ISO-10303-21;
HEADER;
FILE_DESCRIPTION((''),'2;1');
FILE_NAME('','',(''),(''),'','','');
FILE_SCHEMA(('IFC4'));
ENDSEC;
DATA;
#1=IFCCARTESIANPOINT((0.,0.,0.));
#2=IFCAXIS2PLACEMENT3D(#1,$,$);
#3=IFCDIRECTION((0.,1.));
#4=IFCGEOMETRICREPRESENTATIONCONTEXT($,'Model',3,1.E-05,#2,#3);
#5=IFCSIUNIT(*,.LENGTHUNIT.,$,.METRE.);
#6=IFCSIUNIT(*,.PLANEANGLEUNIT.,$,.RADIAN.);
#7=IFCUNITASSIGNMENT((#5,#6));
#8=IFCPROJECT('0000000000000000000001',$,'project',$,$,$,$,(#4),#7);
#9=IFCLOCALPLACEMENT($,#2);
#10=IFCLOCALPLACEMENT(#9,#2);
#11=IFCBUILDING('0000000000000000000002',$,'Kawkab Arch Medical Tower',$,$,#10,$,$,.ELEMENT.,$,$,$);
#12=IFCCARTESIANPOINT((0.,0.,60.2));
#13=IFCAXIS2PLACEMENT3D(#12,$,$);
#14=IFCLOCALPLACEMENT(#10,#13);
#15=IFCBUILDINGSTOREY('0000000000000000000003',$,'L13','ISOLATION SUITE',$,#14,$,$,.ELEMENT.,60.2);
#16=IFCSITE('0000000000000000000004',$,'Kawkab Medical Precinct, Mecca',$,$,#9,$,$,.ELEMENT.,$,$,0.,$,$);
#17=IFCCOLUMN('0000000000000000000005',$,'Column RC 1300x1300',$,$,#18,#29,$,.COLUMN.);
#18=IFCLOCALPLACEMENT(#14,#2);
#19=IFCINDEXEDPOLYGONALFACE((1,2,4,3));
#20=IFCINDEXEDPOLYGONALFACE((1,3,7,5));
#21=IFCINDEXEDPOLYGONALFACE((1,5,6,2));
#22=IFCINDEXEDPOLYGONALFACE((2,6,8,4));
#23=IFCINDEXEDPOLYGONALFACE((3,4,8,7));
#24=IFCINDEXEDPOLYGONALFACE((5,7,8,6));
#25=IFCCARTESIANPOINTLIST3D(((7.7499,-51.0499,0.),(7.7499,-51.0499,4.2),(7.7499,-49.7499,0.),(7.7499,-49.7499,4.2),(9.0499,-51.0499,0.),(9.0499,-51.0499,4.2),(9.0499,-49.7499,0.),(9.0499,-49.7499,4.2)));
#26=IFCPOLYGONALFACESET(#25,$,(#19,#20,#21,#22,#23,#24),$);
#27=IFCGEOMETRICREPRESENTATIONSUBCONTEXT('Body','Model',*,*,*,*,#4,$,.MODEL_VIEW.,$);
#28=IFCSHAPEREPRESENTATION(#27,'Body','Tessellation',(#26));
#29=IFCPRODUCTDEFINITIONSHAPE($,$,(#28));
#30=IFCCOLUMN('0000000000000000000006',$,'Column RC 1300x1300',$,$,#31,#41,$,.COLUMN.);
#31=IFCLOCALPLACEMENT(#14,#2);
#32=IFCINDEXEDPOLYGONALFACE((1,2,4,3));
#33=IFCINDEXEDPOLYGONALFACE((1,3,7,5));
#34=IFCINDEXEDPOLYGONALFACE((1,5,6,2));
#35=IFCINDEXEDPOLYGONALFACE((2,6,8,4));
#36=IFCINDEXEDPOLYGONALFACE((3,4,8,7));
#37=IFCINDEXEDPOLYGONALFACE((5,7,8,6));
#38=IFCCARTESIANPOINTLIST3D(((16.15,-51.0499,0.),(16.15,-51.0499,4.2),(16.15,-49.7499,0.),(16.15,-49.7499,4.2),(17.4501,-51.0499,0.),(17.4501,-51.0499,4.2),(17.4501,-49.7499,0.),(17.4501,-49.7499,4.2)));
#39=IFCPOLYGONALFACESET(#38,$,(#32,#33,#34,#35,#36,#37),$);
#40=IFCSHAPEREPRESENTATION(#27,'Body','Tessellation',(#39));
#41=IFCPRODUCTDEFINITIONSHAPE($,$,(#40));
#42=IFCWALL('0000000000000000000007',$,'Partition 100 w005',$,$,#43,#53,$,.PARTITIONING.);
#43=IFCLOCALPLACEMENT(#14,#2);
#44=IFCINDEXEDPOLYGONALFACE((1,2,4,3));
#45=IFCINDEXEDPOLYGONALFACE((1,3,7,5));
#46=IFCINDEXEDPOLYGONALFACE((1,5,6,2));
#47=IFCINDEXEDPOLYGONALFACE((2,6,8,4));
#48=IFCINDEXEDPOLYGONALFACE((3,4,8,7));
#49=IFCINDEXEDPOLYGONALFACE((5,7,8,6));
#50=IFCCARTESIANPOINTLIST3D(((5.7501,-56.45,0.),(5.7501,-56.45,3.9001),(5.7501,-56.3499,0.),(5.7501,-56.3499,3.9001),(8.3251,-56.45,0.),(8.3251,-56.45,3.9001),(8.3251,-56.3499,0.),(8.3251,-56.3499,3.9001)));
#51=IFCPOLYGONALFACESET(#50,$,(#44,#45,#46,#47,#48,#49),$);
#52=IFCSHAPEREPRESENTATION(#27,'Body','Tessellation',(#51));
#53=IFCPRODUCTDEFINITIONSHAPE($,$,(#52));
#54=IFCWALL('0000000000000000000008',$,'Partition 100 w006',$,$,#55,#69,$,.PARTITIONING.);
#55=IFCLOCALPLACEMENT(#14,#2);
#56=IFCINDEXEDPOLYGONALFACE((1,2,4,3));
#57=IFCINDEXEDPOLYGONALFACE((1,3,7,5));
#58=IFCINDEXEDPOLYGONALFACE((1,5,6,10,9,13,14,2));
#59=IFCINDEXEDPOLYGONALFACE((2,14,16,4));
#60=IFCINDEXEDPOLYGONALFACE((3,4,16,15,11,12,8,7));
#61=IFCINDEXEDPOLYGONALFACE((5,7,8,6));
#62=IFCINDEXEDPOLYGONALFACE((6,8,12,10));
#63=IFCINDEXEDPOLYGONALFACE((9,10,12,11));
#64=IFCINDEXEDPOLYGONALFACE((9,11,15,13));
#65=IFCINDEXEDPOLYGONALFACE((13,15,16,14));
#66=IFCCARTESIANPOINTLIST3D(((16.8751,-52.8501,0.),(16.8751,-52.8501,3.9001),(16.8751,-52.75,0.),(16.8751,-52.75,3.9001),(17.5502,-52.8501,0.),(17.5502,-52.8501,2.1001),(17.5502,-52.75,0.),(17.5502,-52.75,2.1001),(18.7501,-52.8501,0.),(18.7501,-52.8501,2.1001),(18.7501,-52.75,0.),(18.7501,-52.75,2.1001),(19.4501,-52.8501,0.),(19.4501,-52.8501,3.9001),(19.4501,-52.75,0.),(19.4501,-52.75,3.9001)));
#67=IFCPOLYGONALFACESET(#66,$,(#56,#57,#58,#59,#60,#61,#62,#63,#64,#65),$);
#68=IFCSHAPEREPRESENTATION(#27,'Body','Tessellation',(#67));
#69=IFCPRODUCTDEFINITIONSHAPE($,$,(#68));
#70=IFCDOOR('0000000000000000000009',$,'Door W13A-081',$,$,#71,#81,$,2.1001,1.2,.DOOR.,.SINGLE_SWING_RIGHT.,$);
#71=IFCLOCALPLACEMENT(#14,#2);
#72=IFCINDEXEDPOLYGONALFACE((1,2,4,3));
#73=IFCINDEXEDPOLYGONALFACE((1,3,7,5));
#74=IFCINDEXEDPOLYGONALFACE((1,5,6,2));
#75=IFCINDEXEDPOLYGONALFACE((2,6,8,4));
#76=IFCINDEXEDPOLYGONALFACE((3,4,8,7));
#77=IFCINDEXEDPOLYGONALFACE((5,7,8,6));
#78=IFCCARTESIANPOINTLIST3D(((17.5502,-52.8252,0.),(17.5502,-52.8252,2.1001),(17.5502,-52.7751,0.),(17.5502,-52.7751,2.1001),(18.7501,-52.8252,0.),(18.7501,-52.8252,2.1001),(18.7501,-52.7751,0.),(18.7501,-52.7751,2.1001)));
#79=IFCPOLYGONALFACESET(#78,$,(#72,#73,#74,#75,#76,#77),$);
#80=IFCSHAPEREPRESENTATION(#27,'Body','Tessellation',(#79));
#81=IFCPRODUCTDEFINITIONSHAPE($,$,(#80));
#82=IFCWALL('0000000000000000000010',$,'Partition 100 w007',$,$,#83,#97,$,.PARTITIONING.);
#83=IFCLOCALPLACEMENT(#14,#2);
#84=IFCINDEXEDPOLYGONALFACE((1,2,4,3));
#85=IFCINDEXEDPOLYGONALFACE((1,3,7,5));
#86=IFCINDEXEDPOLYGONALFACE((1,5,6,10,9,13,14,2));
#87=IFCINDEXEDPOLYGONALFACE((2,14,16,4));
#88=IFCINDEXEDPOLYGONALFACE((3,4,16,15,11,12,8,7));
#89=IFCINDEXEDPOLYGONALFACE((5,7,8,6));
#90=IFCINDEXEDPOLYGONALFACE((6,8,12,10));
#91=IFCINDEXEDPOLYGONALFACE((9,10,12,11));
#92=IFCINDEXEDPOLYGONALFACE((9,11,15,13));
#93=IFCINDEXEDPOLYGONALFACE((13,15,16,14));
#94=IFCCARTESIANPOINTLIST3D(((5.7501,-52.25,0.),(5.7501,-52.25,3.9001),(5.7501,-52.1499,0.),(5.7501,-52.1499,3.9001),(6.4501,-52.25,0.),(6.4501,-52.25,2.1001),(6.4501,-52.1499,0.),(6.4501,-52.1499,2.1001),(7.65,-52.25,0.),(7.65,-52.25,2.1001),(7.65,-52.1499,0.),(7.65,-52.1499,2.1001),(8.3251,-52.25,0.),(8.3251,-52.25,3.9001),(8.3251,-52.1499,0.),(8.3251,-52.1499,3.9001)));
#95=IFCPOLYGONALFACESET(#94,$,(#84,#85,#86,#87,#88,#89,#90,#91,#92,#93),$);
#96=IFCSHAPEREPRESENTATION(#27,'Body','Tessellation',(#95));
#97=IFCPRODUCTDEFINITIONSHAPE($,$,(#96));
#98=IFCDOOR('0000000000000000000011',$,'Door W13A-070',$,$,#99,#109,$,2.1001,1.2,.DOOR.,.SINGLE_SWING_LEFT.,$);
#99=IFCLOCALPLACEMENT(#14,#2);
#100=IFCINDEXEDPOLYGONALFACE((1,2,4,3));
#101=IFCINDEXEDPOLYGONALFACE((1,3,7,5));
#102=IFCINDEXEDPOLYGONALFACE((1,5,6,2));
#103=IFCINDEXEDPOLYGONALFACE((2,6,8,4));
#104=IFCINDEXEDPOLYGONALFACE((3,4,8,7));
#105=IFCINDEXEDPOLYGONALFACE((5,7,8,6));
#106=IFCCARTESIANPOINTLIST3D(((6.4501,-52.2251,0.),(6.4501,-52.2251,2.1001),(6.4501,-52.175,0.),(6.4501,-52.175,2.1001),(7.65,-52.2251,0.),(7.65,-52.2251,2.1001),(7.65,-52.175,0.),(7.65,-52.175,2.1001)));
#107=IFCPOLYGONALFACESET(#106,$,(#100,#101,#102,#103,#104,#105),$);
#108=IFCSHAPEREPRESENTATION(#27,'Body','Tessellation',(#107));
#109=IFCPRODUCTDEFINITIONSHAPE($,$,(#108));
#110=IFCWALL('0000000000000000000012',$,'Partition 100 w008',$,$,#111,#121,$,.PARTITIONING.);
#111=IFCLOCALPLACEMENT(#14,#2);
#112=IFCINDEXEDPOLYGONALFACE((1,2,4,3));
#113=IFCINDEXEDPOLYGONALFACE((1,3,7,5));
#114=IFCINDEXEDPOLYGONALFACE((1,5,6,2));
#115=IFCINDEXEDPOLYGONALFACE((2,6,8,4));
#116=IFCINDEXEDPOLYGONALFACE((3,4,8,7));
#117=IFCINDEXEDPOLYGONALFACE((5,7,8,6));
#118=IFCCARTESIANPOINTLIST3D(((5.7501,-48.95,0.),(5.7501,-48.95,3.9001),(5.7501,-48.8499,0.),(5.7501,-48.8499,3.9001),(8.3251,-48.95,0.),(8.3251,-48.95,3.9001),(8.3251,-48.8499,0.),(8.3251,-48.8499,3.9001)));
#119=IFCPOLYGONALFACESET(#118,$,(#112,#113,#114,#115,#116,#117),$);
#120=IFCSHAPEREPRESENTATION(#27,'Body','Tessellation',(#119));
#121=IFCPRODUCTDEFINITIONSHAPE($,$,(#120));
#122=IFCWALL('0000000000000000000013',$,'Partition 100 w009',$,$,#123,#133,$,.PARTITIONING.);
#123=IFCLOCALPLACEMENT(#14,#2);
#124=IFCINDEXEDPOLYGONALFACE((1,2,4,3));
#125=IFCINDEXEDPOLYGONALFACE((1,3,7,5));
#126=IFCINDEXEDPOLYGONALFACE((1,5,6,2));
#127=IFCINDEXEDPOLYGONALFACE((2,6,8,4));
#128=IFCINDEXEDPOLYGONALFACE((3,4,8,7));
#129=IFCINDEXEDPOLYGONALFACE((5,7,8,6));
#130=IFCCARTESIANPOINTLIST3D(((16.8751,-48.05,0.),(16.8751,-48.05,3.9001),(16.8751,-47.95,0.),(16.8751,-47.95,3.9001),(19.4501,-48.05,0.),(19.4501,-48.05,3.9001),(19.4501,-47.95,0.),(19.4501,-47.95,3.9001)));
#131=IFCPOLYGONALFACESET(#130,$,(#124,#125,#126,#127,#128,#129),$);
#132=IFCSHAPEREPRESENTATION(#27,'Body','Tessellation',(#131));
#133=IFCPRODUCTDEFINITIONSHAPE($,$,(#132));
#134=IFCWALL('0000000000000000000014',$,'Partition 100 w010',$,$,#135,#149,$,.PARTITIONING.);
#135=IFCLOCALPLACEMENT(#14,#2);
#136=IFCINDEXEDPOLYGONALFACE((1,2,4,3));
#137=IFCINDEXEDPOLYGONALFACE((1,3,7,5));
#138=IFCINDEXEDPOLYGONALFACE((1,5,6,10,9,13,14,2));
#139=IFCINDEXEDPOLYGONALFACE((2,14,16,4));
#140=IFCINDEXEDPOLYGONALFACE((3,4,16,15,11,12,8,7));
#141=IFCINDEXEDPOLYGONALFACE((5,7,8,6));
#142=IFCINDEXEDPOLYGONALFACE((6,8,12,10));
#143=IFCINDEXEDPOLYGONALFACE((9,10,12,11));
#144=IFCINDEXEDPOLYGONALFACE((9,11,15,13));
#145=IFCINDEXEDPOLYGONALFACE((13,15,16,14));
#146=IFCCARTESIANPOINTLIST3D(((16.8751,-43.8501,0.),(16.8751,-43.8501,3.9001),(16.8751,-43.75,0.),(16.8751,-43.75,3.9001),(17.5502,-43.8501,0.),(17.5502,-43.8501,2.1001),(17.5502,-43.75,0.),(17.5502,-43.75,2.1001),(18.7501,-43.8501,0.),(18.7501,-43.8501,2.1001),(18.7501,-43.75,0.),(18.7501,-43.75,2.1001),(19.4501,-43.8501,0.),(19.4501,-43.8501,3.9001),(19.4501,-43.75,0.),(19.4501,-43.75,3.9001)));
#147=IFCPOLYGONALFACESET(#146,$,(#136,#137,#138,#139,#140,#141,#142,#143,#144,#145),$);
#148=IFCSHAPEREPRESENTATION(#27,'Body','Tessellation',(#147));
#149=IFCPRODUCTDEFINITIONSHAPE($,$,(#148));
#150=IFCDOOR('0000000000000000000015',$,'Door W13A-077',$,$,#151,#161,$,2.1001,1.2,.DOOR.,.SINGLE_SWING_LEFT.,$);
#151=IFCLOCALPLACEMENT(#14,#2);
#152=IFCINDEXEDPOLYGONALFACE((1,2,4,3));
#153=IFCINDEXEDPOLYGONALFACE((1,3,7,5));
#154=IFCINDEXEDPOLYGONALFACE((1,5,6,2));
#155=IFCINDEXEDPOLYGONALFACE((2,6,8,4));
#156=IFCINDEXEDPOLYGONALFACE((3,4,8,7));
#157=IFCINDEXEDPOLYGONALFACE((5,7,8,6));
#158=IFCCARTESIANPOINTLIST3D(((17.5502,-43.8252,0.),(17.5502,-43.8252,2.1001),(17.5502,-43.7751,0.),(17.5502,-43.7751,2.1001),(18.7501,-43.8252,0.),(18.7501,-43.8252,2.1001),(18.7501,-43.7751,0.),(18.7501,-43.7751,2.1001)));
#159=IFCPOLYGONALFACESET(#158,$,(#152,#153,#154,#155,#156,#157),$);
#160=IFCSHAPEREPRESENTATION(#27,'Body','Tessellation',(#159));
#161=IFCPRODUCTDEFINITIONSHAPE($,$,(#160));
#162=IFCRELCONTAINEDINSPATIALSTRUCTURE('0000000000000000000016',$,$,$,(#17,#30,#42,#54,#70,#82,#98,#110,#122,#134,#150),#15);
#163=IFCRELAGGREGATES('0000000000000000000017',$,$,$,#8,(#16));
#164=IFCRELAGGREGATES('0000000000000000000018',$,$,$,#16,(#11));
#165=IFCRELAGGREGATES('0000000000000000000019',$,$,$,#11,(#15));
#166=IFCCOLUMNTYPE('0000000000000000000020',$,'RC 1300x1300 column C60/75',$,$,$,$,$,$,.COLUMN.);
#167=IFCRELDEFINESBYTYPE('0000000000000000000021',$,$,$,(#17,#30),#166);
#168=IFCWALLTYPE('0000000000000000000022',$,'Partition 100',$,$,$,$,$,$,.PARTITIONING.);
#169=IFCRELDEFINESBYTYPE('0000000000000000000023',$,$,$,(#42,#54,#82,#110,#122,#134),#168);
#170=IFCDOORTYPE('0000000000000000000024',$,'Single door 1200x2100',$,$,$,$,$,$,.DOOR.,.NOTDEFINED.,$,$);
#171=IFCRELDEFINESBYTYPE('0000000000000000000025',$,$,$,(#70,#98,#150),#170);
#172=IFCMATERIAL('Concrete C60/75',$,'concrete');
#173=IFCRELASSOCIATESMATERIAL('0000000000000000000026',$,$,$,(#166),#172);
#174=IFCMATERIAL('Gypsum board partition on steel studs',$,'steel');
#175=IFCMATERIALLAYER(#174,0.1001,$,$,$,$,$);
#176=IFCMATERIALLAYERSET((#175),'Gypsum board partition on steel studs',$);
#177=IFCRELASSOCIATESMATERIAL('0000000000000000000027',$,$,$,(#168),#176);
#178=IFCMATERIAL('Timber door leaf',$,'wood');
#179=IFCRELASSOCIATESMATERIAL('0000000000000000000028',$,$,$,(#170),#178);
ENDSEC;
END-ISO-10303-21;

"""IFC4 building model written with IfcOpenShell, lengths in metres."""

from ifc_helpers import new_model, si_unit, direction, frame, frame_2d, origin, origin_2d, place, context, subcontext, project, spatial, rectangle, extrude, material, layer, layer_set, material_profile, profile_set, type_object, element, fill, save


model = new_model("IFC4")

# Units and contexts
model_context = context("Model", 3, precision=1e-05, world=origin(), true_north=direction((0.0, 1.0)))
body_context = subcontext(model_context, "Body", "Model", "MODEL_VIEW")
ifc_project = project(units=[si_unit("LENGTHUNIT", "METRE"), si_unit("PLANEANGLEUNIT", "RADIAN")], contexts=[model_context])

# Site, building, storey
site_placement = place(None, origin())
site = spatial("IfcSite", under=ifc_project, at=site_placement, Name="Kawkab Medical Precinct, Mecca", CompositionType="ELEMENT", RefElevation=0.0)
building_placement = place(site_placement, origin())
building = spatial("IfcBuilding", under=site, at=building_placement, Name="Kawkab Arch Medical Tower", CompositionType="ELEMENT")
storey_placement = place(building_placement, frame((0.0, 0.0, 60.2)))
storey = spatial("IfcBuildingStorey", under=building, at=storey_placement, Name="L13", Description="ISOLATION SUITE", CompositionType="ELEMENT", Elevation=60.2)

# Columns
ifc_material_1 = material(Name="Concrete C60/75", Category="concrete")
ifc_material_profile = material_profile(ifc_material_1, rectangle(XDim=1.3, YDim=1.3, at=origin_2d()), Name="RC 1300x1300")
ifc_profile_set = profile_set([ifc_material_profile], Name="Concrete C60/75")
column_type = type_object("IfcColumnType", Name="RC 1300x1300 column C60/75", PredefinedType="COLUMN", material=ifc_profile_set)
for number, where, z_axis, x_axis, name in (
    (1, (8.3999, -50.3999, 0.0), (0.0, 0.0, 1.0), (1.0, 0.0, 0.0), "Column RC 1300x1300"),
    (2, (16.8, -50.3999, 0.0), (0.0, 0.0, 1.0), (1.0, 0.0, 0.0), "Column RC 1300x1300"),
):
    element("IfcColumn", number, at=place(storey_placement, frame(where, z_axis=z_axis, x_axis=x_axis)), inside=storey, type_object=column_type, Name=name, PredefinedType="COLUMN", context=body_context, shape_type="SweptSolid", body=[
        extrude(rectangle(XDim=1.3, YDim=1.3, at=origin_2d()), origin(), (0.0, 0.0, 1.0), 4.2),
    ])

# Wall
ifc_material_2 = material(Name="Gypsum board partition on steel studs", Category="steel")
ifc_layer_1 = layer(ifc_material_2, 0.1001)
ifc_layer_set_1 = layer_set([ifc_layer_1], Name="Gypsum board partition on steel studs")
wall_type_1 = type_object("IfcWallType", Name="Partition 100", PredefinedType="PARTITIONING", material=ifc_layer_set_1)
wall_1_placement = place(storey_placement, frame((5.75, -56.3999, 0.0), z_axis=(0.0, 0.0, 1.0), x_axis=(1.0, 0.0, 0.0)))
element("IfcWall", 3, at=wall_1_placement, inside=storey, type_object=wall_type_1, Name="Partition 100 w005", PredefinedType="PARTITIONING", context=body_context, shape_type="SweptSolid", body=[
    extrude(rectangle(XDim=2.575, YDim=0.1001, at=frame_2d((1.2876, 0.0))), origin(), (0.0, 0.0, 1.0), 3.9001),
])

# Walls, openings, doors
wall_2_placement = place(storey_placement, frame((16.875, -52.8, 0.0), z_axis=(0.0, 0.0, 1.0), x_axis=(1.0, 0.0, 0.0)))
wall_2 = element("IfcWall", 4, at=wall_2_placement, inside=storey, type_object=wall_type_1, Name="Partition 100 w006", PredefinedType="PARTITIONING", context=body_context, shape_type="SweptSolid", body=[
    extrude(rectangle(XDim=2.575, YDim=0.1001, at=frame_2d((1.2876, 0.0))), origin(), (0.0, 0.0, 1.0), 3.9001),
])
opening_1_placement = place(wall_2_placement, frame((0.675, 0.0, 0.0)))
opening_1 = element("IfcOpeningElement", 5, at=opening_1_placement, cuts=wall_2, PredefinedType="OPENING", context=body_context, shape_type="SweptSolid", body=[
    extrude(rectangle(XDim=1.2, YDim=2.1001, at=frame_2d((0.6001, 1.05))), frame((0.0, 0.0601, 0.0), z_axis=(0.0, -1.0, 0.0), x_axis=(1.0, 0.0, 0.0)), (0.0, 0.0, 1.0), 0.1201),
])
ifc_material_3 = material(Name="Timber door leaf", Category="wood")
door_type_1 = type_object("IfcDoorType", Name="Single door 1200x2100", OperationType="NOTDEFINED", PredefinedType="DOOR", material=ifc_material_3)
door_1_placement = place(opening_1_placement, origin())
door_1 = element("IfcDoor", 6, at=door_1_placement, inside=storey, type_object=door_type_1, Name="Door W13A-081", OperationType="SINGLE_SWING_RIGHT", OverallHeight=2.1001, OverallWidth=1.2, PredefinedType="DOOR", context=body_context, shape_type="SweptSolid", body=[
    extrude(rectangle(XDim=1.2, YDim=2.1001, at=frame_2d((0.6001, 1.05))), frame((0.0, 0.0249, 0.0), z_axis=(0.0, -1.0, 0.0), x_axis=(1.0, 0.0, 0.0)), (0.0, 0.0, 1.0), 0.05),
])
fill(opening_1, door_1)
wall_3_placement = place(storey_placement, frame((5.75, -52.2, 0.0), z_axis=(0.0, 0.0, 1.0), x_axis=(1.0, 0.0, 0.0)))
wall_3 = element("IfcWall", 7, at=wall_3_placement, inside=storey, type_object=wall_type_1, Name="Partition 100 w007", PredefinedType="PARTITIONING", context=body_context, shape_type="SweptSolid", body=[
    extrude(rectangle(XDim=2.575, YDim=0.1001, at=frame_2d((1.2876, 0.0))), origin(), (0.0, 0.0, 1.0), 3.9001),
])
opening_2_placement = place(wall_3_placement, frame((0.7, 0.0, 0.0)))
opening_2 = element("IfcOpeningElement", 8, at=opening_2_placement, cuts=wall_3, PredefinedType="OPENING", context=body_context, shape_type="SweptSolid", body=[
    extrude(rectangle(XDim=1.2, YDim=2.1001, at=frame_2d((0.6001, 1.05))), frame((0.0, 0.0601, 0.0), z_axis=(0.0, -1.0, 0.0), x_axis=(1.0, 0.0, 0.0)), (0.0, 0.0, 1.0), 0.1201),
])
door_2_placement = place(opening_2_placement, origin())
door_2 = element("IfcDoor", 9, at=door_2_placement, inside=storey, type_object=door_type_1, Name="Door W13A-070", OperationType="SINGLE_SWING_LEFT", OverallHeight=2.1001, OverallWidth=1.2, PredefinedType="DOOR", context=body_context, shape_type="SweptSolid", body=[
    extrude(rectangle(XDim=1.2, YDim=2.1001, at=frame_2d((0.6001, 1.05))), frame((0.0, 0.0249, 0.0), z_axis=(0.0, -1.0, 0.0), x_axis=(1.0, 0.0, 0.0)), (0.0, 0.0, 1.0), 0.05),
])
fill(opening_2, door_2)

# Walls
for number, where, z_axis, x_axis, name in (
    (10, (5.75, -48.8999, 0.0), (0.0, 0.0, 1.0), (1.0, 0.0, 0.0), "Partition 100 w008"),
    (11, (16.875, -48.0, 0.0), (0.0, 0.0, 1.0), (1.0, 0.0, 0.0), "Partition 100 w009"),
):
    element("IfcWall", number, at=place(storey_placement, frame(where, z_axis=z_axis, x_axis=x_axis)), inside=storey, type_object=wall_type_1, Name=name, PredefinedType="PARTITIONING", context=body_context, shape_type="SweptSolid", body=[
        extrude(rectangle(XDim=2.575, YDim=0.1001, at=frame_2d((1.2876, 0.0))), origin(), (0.0, 0.0, 1.0), 3.9001),
    ])

# Wall, opening, door
wall_4_placement = place(storey_placement, frame((16.875, -43.8, 0.0), z_axis=(0.0, 0.0, 1.0), x_axis=(1.0, 0.0, 0.0)))
wall_4 = element("IfcWall", 12, at=wall_4_placement, inside=storey, type_object=wall_type_1, Name="Partition 100 w010", PredefinedType="PARTITIONING", context=body_context, shape_type="SweptSolid", body=[
    extrude(rectangle(XDim=2.575, YDim=0.1001, at=frame_2d((1.2876, 0.0))), origin(), (0.0, 0.0, 1.0), 3.9001),
])
opening_3_placement = place(wall_4_placement, frame((0.675, 0.0, 0.0)))
opening_3 = element("IfcOpeningElement", 13, at=opening_3_placement, cuts=wall_4, PredefinedType="OPENING", context=body_context, shape_type="SweptSolid", body=[
    extrude(rectangle(XDim=1.2, YDim=2.1001, at=frame_2d((0.6001, 1.05))), frame((0.0, 0.0601, 0.0), z_axis=(0.0, -1.0, 0.0), x_axis=(1.0, 0.0, 0.0)), (0.0, 0.0, 1.0), 0.1201),
])
door_3_placement = place(opening_3_placement, origin())
door_3 = element("IfcDoor", 14, at=door_3_placement, inside=storey, type_object=door_type_1, Name="Door W13A-077", OperationType="SINGLE_SWING_LEFT", OverallHeight=2.1001, OverallWidth=1.2, PredefinedType="DOOR", context=body_context, shape_type="SweptSolid", body=[
    extrude(rectangle(XDim=1.2, YDim=2.1001, at=frame_2d((0.6001, 1.05))), frame((0.0, 0.0249, 0.0), z_axis=(0.0, -1.0, 0.0), x_axis=(1.0, 0.0, 0.0)), (0.0, 0.0, 1.0), 0.05),
])
fill(opening_3, door_3)

save(model, "model.ifc")
